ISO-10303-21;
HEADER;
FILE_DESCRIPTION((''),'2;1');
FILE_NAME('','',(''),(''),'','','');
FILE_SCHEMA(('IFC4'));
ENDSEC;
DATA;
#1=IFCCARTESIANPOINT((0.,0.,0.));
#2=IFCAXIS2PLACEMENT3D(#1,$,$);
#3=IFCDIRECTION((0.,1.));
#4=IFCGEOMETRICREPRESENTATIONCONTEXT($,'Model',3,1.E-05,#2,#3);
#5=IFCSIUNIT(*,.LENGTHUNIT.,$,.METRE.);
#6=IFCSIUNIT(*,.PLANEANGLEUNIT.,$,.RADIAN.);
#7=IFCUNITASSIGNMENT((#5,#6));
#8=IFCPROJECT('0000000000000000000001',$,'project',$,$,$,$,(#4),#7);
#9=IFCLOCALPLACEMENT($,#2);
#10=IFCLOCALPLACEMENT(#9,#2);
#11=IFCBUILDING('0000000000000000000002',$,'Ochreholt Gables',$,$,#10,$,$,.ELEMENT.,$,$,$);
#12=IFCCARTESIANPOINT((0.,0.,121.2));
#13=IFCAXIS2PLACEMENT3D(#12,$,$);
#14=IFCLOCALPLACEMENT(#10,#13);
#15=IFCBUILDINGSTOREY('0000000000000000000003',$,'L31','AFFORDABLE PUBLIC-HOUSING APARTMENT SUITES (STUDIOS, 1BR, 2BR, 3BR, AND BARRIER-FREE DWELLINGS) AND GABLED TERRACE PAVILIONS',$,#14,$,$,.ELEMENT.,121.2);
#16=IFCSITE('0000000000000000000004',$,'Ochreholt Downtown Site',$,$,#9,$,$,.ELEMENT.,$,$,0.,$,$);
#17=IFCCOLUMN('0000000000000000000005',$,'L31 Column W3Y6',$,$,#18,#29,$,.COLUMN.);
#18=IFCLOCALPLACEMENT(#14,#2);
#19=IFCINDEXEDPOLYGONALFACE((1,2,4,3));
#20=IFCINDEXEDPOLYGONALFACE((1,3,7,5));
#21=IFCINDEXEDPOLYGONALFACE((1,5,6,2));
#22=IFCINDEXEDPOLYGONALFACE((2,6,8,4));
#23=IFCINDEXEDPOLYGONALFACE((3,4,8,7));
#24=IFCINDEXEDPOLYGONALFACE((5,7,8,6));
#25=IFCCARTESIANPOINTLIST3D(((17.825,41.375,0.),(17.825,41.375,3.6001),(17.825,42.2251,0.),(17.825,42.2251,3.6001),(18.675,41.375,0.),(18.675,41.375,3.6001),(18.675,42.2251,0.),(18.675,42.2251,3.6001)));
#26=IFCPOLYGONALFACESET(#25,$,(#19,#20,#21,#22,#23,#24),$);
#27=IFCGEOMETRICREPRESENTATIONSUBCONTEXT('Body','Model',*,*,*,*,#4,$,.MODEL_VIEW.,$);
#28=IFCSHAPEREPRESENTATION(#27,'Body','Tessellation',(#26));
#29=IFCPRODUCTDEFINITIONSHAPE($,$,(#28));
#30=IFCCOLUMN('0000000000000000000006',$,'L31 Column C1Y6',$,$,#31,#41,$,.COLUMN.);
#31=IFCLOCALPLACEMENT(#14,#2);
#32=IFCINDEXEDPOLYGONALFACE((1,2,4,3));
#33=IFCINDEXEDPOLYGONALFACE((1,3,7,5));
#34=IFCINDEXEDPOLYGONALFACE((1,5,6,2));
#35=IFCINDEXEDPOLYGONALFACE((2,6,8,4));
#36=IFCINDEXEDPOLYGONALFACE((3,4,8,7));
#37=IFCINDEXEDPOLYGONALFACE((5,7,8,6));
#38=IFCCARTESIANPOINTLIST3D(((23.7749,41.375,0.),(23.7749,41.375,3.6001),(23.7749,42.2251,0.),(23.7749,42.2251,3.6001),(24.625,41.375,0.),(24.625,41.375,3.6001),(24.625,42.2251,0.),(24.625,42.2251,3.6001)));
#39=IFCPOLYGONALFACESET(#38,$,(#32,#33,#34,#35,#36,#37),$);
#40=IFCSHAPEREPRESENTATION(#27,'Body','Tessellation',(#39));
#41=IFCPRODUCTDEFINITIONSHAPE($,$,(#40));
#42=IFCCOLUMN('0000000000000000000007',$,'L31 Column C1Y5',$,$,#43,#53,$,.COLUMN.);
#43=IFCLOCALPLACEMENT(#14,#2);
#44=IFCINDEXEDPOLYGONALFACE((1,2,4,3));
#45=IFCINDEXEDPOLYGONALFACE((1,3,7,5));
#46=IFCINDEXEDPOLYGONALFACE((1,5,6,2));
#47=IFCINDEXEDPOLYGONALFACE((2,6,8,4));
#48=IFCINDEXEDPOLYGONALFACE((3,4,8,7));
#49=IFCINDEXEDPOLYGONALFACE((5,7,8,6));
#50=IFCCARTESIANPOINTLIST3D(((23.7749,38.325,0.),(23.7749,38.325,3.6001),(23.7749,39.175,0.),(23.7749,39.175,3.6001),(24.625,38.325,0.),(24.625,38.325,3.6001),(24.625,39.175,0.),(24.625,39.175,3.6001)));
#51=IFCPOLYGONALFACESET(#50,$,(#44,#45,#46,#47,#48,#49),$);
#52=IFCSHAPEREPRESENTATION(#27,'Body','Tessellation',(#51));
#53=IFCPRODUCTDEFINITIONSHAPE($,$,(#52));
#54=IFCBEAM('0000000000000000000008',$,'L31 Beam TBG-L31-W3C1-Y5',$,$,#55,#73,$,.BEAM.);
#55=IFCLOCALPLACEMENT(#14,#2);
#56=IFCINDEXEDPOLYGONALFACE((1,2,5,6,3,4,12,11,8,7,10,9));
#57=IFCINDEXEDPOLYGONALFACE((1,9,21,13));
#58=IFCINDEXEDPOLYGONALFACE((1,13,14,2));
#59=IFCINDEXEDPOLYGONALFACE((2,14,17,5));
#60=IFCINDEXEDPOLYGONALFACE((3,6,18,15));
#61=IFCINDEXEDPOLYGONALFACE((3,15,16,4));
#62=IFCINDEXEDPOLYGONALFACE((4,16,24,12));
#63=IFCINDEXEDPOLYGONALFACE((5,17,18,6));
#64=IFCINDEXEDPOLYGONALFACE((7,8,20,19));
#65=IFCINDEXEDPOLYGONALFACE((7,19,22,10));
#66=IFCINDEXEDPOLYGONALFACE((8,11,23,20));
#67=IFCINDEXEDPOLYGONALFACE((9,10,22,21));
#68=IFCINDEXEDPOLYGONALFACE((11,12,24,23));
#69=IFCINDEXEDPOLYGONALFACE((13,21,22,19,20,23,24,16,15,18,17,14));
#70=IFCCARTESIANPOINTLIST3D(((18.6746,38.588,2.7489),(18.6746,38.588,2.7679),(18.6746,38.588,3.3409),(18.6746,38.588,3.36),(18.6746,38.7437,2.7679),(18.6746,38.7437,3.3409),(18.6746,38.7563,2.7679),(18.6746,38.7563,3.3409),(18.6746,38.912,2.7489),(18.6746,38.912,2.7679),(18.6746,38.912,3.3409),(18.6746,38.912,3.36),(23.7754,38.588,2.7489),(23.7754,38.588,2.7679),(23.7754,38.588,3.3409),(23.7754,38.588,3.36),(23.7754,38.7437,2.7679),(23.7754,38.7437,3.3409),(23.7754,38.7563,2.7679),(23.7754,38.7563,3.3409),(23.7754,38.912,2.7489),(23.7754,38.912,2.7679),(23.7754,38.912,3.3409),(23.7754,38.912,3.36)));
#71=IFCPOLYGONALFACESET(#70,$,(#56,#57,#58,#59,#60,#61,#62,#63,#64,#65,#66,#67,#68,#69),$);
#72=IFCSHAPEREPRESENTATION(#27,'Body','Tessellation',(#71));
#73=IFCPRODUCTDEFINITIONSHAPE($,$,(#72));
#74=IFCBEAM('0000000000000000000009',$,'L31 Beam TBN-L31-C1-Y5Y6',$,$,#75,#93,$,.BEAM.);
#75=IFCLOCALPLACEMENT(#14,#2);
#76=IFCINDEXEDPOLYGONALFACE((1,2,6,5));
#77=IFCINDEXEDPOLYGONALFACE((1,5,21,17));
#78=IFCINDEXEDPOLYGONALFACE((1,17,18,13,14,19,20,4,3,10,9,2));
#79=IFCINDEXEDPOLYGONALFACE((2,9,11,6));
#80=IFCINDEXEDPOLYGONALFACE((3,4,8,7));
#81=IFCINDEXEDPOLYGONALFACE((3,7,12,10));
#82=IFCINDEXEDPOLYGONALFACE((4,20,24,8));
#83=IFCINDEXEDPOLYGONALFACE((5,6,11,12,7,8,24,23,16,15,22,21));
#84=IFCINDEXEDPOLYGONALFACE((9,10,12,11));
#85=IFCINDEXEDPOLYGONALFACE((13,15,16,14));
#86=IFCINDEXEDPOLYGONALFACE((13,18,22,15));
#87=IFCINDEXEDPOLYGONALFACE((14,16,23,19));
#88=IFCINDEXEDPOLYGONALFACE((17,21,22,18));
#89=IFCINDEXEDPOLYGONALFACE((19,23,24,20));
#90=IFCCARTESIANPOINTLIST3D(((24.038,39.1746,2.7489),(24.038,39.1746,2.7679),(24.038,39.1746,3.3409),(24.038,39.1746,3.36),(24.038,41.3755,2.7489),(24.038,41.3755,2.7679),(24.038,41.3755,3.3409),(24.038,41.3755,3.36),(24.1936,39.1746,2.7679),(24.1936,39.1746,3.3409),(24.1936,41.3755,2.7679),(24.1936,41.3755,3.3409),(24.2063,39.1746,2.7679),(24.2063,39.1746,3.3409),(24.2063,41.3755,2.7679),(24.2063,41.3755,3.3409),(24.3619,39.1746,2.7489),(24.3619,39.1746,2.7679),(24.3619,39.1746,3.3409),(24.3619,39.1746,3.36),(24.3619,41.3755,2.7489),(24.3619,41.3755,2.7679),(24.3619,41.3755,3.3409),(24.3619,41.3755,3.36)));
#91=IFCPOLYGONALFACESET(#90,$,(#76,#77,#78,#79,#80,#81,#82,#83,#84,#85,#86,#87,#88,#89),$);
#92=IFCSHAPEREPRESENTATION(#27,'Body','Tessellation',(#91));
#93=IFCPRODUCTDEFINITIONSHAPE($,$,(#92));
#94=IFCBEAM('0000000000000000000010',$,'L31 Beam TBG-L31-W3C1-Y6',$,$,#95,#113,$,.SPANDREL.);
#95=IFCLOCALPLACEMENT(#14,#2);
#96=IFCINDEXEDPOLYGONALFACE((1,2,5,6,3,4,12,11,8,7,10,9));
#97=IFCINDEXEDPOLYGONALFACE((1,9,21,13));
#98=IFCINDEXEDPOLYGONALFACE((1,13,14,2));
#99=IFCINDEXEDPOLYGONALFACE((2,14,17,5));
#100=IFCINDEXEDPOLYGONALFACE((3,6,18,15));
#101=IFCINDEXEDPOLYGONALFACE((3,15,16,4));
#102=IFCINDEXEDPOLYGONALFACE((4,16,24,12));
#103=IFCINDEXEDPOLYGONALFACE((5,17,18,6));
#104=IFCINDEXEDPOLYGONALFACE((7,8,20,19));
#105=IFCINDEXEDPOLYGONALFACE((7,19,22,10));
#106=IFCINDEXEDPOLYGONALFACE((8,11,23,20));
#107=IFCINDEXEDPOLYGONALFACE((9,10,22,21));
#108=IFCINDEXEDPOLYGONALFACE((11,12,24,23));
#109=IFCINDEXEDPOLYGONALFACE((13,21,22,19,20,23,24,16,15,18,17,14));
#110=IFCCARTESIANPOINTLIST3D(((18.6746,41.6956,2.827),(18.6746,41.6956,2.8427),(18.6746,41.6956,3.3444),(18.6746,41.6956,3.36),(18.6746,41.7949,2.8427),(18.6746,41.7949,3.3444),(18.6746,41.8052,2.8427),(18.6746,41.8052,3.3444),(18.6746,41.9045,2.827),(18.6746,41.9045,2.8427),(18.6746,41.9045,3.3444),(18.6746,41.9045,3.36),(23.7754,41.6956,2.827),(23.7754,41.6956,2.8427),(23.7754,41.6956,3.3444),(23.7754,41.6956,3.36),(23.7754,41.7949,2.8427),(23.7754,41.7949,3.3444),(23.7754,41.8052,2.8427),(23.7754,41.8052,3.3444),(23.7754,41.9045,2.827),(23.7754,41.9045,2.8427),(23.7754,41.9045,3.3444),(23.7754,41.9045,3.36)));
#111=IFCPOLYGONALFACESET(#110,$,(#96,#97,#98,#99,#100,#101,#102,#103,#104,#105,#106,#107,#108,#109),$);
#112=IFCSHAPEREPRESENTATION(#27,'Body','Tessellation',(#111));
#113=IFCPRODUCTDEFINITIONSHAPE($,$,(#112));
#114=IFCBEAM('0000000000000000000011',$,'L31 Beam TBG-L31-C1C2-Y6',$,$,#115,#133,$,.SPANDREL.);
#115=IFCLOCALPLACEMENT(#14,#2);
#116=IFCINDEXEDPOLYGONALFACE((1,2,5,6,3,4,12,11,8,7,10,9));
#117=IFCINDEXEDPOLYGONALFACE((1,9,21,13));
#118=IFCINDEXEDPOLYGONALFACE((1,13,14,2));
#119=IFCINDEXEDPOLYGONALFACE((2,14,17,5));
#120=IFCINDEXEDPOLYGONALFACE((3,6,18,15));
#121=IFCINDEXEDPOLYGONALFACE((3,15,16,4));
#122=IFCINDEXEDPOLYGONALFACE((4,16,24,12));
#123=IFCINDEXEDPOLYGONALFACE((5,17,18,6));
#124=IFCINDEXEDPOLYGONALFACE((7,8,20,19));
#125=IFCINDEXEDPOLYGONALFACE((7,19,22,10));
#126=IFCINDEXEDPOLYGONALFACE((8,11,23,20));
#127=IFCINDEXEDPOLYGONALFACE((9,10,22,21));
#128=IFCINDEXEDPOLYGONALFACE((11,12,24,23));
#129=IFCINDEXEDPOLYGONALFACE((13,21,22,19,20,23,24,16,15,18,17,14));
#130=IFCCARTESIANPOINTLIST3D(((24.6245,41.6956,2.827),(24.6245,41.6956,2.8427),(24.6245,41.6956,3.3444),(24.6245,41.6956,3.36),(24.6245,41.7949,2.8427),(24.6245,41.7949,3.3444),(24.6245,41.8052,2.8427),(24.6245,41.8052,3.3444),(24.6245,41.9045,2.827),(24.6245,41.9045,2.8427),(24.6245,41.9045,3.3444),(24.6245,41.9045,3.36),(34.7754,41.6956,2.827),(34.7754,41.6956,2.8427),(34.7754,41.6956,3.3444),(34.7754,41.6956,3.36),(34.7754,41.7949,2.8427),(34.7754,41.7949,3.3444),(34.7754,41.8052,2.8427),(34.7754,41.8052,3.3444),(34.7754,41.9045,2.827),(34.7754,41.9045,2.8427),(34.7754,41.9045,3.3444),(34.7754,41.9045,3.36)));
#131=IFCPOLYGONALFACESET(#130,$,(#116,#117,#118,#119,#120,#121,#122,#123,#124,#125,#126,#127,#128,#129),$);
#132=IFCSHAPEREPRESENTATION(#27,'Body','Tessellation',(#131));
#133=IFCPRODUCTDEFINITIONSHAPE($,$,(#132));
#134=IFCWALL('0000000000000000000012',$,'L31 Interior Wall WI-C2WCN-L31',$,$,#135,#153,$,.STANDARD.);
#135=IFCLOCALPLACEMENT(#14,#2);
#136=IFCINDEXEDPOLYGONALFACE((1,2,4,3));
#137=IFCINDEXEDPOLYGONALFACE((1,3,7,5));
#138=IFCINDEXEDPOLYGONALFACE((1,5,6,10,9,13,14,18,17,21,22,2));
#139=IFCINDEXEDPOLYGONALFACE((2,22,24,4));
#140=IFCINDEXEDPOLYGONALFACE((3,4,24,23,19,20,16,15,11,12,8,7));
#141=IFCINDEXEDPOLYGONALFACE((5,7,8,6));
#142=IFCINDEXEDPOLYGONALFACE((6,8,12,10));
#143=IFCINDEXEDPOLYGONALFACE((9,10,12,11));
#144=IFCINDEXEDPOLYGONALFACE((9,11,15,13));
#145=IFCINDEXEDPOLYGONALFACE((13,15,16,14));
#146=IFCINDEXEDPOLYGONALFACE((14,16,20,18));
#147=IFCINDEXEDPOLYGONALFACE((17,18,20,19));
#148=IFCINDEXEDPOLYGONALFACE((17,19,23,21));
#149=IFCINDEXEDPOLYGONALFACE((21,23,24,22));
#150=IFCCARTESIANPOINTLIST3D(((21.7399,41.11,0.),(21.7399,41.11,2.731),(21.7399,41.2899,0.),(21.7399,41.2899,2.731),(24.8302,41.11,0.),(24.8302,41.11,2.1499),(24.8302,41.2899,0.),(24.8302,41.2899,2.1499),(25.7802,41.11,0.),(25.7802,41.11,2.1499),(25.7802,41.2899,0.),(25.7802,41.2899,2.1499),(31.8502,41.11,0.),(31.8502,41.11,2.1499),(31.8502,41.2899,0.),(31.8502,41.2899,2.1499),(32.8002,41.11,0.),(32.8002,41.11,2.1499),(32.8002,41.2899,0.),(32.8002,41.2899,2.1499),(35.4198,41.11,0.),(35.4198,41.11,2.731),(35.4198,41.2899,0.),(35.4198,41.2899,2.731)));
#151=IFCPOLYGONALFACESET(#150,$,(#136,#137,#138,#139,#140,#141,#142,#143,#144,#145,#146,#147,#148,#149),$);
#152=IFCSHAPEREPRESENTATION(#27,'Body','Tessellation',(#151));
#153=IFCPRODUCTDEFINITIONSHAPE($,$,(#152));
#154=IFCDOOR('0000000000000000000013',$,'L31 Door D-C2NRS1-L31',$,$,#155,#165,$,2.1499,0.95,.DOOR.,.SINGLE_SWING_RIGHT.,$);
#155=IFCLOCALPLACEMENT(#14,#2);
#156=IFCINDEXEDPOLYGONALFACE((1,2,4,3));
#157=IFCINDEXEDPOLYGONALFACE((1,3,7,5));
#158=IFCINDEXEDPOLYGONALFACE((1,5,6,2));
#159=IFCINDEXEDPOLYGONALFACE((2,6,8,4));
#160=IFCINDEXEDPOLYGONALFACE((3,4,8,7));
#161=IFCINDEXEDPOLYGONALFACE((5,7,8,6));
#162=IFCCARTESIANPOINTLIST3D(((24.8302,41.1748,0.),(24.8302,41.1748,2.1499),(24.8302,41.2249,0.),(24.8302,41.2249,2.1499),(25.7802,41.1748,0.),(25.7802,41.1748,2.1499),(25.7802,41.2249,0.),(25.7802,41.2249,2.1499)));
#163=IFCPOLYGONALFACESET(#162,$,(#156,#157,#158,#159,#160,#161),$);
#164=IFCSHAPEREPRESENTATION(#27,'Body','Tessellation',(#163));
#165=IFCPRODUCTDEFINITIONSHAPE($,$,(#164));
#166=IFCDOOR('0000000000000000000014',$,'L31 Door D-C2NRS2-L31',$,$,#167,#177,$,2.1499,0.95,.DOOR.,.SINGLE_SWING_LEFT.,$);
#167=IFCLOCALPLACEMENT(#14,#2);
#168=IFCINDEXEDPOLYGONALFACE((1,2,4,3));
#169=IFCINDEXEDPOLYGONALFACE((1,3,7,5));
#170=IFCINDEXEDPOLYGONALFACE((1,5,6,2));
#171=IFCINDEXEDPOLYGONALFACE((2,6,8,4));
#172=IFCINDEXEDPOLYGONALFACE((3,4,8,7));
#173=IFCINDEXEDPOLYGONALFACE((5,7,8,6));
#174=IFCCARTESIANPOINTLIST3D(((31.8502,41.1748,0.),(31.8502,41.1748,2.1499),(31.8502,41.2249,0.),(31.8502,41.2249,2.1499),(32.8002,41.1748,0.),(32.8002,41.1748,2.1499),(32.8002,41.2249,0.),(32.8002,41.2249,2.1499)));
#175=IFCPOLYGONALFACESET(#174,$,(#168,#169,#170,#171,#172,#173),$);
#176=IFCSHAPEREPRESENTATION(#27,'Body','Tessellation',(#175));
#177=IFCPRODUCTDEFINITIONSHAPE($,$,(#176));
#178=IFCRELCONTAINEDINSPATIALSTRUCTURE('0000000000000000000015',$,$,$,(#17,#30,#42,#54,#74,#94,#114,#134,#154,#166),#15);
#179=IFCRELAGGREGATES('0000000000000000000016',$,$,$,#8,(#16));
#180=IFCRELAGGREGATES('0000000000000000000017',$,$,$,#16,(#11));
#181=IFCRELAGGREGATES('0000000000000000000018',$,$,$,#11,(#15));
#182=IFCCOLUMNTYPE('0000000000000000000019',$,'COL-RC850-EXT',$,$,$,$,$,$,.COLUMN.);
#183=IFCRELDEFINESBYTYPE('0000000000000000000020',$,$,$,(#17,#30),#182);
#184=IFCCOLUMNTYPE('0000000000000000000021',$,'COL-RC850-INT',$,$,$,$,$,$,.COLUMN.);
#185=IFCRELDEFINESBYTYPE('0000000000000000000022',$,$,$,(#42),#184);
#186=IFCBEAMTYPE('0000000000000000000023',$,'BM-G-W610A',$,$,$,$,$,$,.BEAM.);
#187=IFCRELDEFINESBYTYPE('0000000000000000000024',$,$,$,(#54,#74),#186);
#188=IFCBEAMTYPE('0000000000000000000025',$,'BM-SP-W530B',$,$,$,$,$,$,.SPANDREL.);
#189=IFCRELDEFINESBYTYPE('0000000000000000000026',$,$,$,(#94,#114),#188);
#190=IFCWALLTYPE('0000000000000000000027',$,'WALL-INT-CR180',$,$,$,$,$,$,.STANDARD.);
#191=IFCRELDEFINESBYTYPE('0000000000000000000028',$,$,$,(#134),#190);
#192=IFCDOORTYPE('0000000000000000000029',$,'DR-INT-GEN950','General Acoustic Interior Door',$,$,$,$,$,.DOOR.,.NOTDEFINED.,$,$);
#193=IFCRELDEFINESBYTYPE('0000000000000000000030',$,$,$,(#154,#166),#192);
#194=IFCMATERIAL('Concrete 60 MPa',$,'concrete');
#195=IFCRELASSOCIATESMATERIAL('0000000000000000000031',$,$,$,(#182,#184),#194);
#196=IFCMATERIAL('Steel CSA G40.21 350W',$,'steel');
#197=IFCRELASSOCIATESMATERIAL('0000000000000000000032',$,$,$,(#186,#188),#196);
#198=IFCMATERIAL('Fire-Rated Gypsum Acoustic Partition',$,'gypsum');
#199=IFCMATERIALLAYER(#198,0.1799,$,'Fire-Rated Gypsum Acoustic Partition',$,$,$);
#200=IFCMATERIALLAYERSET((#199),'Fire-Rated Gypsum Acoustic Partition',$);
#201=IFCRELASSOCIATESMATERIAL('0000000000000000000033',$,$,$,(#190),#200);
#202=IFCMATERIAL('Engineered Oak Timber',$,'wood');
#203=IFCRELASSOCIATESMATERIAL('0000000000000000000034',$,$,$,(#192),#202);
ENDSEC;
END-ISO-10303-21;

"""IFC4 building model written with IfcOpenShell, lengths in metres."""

from ifc_helpers import new_model, si_unit, direction, frame, frame_2d, origin, origin_2d, place, context, subcontext, project, spatial, rectangle, i_section, extrude, material, layer, layer_set, material_profile, profile_set, type_object, element, fill, save


model = new_model("IFC4")

# Units and contexts
model_context = context("Model", 3, precision=1e-05, world=origin(), true_north=direction((0.0, 1.0)))
body_context = subcontext(model_context, "Body", "Model", "MODEL_VIEW")
ifc_project = project(units=[si_unit("LENGTHUNIT", "METRE"), si_unit("PLANEANGLEUNIT", "RADIAN")], contexts=[model_context])

# Site, building, storey
site_placement = place(None, origin())
site = spatial("IfcSite", under=ifc_project, at=site_placement, Name="Ochreholt Downtown Site", CompositionType="ELEMENT", RefElevation=0.0)
building_placement = place(site_placement, origin())
building = spatial("IfcBuilding", under=site, at=building_placement, Name="Ochreholt Gables", CompositionType="ELEMENT")
storey_placement = place(building_placement, frame((0.0, 0.0, 121.2)))
storey = spatial("IfcBuildingStorey", under=building, at=storey_placement, Name="L31", Description="AFFORDABLE PUBLIC-HOUSING APARTMENT SUITES (STUDIOS, 1BR, 2BR, 3BR, AND BARRIER-FREE DWELLINGS) AND GABLED TERRACE PAVILIONS", CompositionType="ELEMENT", Elevation=121.2)

# Columns
ifc_material_1 = material(Name="Concrete 60 MPa", Category="concrete")
ifc_material_profile_1 = material_profile(ifc_material_1, rectangle(XDim=0.8501, YDim=0.8501, at=origin_2d()), Name="RC850X850")
ifc_profile_set_1 = profile_set([ifc_material_profile_1], Name="Concrete 60 MPa")
column_type_1 = type_object("IfcColumnType", Name="COL-RC850-EXT", PredefinedType="COLUMN", material=ifc_profile_set_1)
for number, where, z_axis, x_axis, name in (
    (1, (18.25, 41.8, 0.0), (0.0, 0.0, 1.0), (1.0, 0.0, 0.0), "L31 Column W3Y6"),
    (2, (24.2, 41.8, 0.0), (0.0, 0.0, 1.0), (1.0, 0.0, 0.0), "L31 Column C1Y6"),
):
    element("IfcColumn", number, at=place(storey_placement, frame(where, z_axis=z_axis, x_axis=x_axis)), inside=storey, type_object=column_type_1, Name=name, PredefinedType="COLUMN", context=body_context, shape_type="SweptSolid", body=[
        extrude(rectangle(XDim=0.8501, YDim=0.8501, at=origin_2d()), origin(), (0.0, 0.0, 1.0), 3.6001),
    ])
ifc_material_profile_2 = material_profile(ifc_material_1, rectangle(XDim=0.8501, YDim=0.8501, at=origin_2d()), Name="RC850X850")
ifc_profile_set_2 = profile_set([ifc_material_profile_2], Name="Concrete 60 MPa")
column_type_2 = type_object("IfcColumnType", Name="COL-RC850-INT", PredefinedType="COLUMN", material=ifc_profile_set_2)
column_placement = place(storey_placement, frame((24.2, 38.75, 0.0), z_axis=(0.0, 0.0, 1.0), x_axis=(1.0, 0.0, 0.0)))
element("IfcColumn", 3, at=column_placement, inside=storey, type_object=column_type_2, Name="L31 Column C1Y5", PredefinedType="COLUMN", context=body_context, shape_type="SweptSolid", body=[
    extrude(rectangle(XDim=0.8501, YDim=0.8501, at=origin_2d()), origin(), (0.0, 0.0, 1.0), 3.6001),
])

# Beams
ifc_material_2 = material(Name="Steel CSA G40.21 350W", Category="steel")
ifc_material_profile_3 = material_profile(ifc_material_2, i_section(OverallWidth=0.324, OverallDepth=0.6111, WebThickness=0.0127, FlangeThickness=0.019, at=origin_2d()), Name="W610X155")
ifc_profile_set_3 = profile_set([ifc_material_profile_3], Name="Steel CSA G40.21 350W")
beam_type_1 = type_object("IfcBeamType", Name="BM-G-W610A", PredefinedType="BEAM", material=ifc_profile_set_3)
beam_1_placement = place(storey_placement, frame((18.6746, 38.75, 3.0544), z_axis=(1.0, 0.0, 0.0), x_axis=(0.0, 1.0, 0.0)))
element("IfcBeam", 4, at=beam_1_placement, inside=storey, type_object=beam_type_1, Name="L31 Beam TBG-L31-W3C1-Y5", PredefinedType="BEAM", context=body_context, shape_type="SweptSolid", body=[
    extrude(i_section(OverallWidth=0.324, OverallDepth=0.6111, WebThickness=0.0127, FlangeThickness=0.019, at=origin_2d()), origin(), (0.0, 0.0, 1.0), 5.1008),
])
beam_2_placement = place(storey_placement, frame((24.2, 39.1746, 3.0544), z_axis=(0.0, 1.0, 0.0), x_axis=(-1.0, 0.0, 0.0)))
element("IfcBeam", 5, at=beam_2_placement, inside=storey, type_object=beam_type_1, Name="L31 Beam TBN-L31-C1-Y5Y6", PredefinedType="BEAM", context=body_context, shape_type="SweptSolid", body=[
    extrude(i_section(OverallWidth=0.324, OverallDepth=0.6111, WebThickness=0.0127, FlangeThickness=0.019, at=origin_2d()), origin(), (0.0, 0.0, 1.0), 2.2009),
])
ifc_material_profile_4 = material_profile(ifc_material_2, i_section(OverallWidth=0.209, OverallDepth=0.533, WebThickness=0.0103, FlangeThickness=0.0156, at=origin_2d()), Name="W530X92")
ifc_profile_set_4 = profile_set([ifc_material_profile_4], Name="Steel CSA G40.21 350W")
beam_type_2 = type_object("IfcBeamType", Name="BM-SP-W530B", PredefinedType="SPANDREL", material=ifc_profile_set_4)
beam_3_placement = place(storey_placement, frame((18.6746, 41.8, 3.0935), z_axis=(1.0, 0.0, 0.0), x_axis=(0.0, 1.0, 0.0)))
element("IfcBeam", 6, at=beam_3_placement, inside=storey, type_object=beam_type_2, Name="L31 Beam TBG-L31-W3C1-Y6", PredefinedType="SPANDREL", context=body_context, shape_type="SweptSolid", body=[
    extrude(i_section(OverallWidth=0.209, OverallDepth=0.533, WebThickness=0.0103, FlangeThickness=0.0156, at=origin_2d()), origin(), (0.0, 0.0, 1.0), 5.1008),
])
beam_4_placement = place(storey_placement, frame((24.6245, 41.8, 3.0935), z_axis=(1.0, 0.0, 0.0), x_axis=(0.0, 1.0, 0.0)))
element("IfcBeam", 7, at=beam_4_placement, inside=storey, type_object=beam_type_2, Name="L31 Beam TBG-L31-C1C2-Y6", PredefinedType="SPANDREL", context=body_context, shape_type="SweptSolid", body=[
    extrude(i_section(OverallWidth=0.209, OverallDepth=0.533, WebThickness=0.0103, FlangeThickness=0.0156, at=origin_2d()), origin(), (0.0, 0.0, 1.0), 10.1509),
])

# Wall, openings, doors
ifc_material_3 = material(Name="Fire-Rated Gypsum Acoustic Partition", Category="gypsum")
ifc_layer_1 = layer(ifc_material_3, 0.1799, Name="Fire-Rated Gypsum Acoustic Partition")
ifc_layer_set_1 = layer_set([ifc_layer_1], Name="Fire-Rated Gypsum Acoustic Partition")
wall_type_1 = type_object("IfcWallType", Name="WALL-INT-CR180", PredefinedType="STANDARD", material=ifc_layer_set_1)
wall_1_placement = place(storey_placement, frame((21.74, 41.2, 0.0), z_axis=(0.0, 0.0, 1.0), x_axis=(1.0, 0.0, 0.0)))
wall_1 = element("IfcWall", 8, at=wall_1_placement, inside=storey, type_object=wall_type_1, Name="L31 Interior Wall WI-C2WCN-L31", PredefinedType="STANDARD", context=body_context, shape_type="SweptSolid", body=[
    extrude(rectangle(XDim=13.6799, YDim=0.1799, at=frame_2d((6.8398, 0.0))), origin(), (0.0, 0.0, 1.0), 2.731),
])
opening_1_placement = place(wall_1_placement, frame((3.0901, 0.0, 0.0)))
opening_1 = element("IfcOpeningElement", 9, at=opening_1_placement, cuts=wall_1, PredefinedType="OPENING", context=body_context, shape_type="SweptSolid", body=[
    extrude(rectangle(XDim=0.95, YDim=2.1499, at=frame_2d((0.4751, 1.075))), frame((0.0, 0.0999, 0.0), z_axis=(0.0, -1.0, 0.0), x_axis=(1.0, 0.0, 0.0)), (0.0, 0.0, 1.0), 0.2),
])
opening_2_placement = place(wall_1_placement, frame((10.1101, 0.0, 0.0)))
opening_2 = element("IfcOpeningElement", 10, at=opening_2_placement, cuts=wall_1, PredefinedType="OPENING", context=body_context, shape_type="SweptSolid", body=[
    extrude(rectangle(XDim=0.95, YDim=2.1499, at=frame_2d((0.4751, 1.075))), frame((0.0, 0.0999, 0.0), z_axis=(0.0, -1.0, 0.0), x_axis=(1.0, 0.0, 0.0)), (0.0, 0.0, 1.0), 0.2),
])
ifc_material_4 = material(Name="Engineered Oak Timber", Category="wood")
door_type_1 = type_object("IfcDoorType", Name="DR-INT-GEN950", Description="General Acoustic Interior Door", OperationType="NOTDEFINED", PredefinedType="DOOR", material=ifc_material_4)
door_1_placement = place(opening_1_placement, origin())
door_1 = element("IfcDoor", 11, at=door_1_placement, inside=storey, type_object=door_type_1, Name="L31 Door D-C2NRS1-L31", OperationType="SINGLE_SWING_RIGHT", OverallHeight=2.1499, OverallWidth=0.95, PredefinedType="DOOR", context=body_context, shape_type="SweptSolid", body=[
    extrude(rectangle(XDim=0.95, YDim=2.1499, at=frame_2d((0.4751, 1.075))), frame((0.0, 0.0249, 0.0), z_axis=(0.0, -1.0, 0.0), x_axis=(1.0, 0.0, 0.0)), (0.0, 0.0, 1.0), 0.05),
])
fill(opening_1, door_1)
door_2_placement = place(opening_2_placement, origin())
door_2 = element("IfcDoor", 12, at=door_2_placement, inside=storey, type_object=door_type_1, Name="L31 Door D-C2NRS2-L31", OperationType="SINGLE_SWING_LEFT", OverallHeight=2.1499, OverallWidth=0.95, PredefinedType="DOOR", context=body_context, shape_type="SweptSolid", body=[
    extrude(rectangle(XDim=0.95, YDim=2.1499, at=frame_2d((0.4751, 1.075))), frame((0.0, 0.0249, 0.0), z_axis=(0.0, -1.0, 0.0), x_axis=(1.0, 0.0, 0.0)), (0.0, 0.0, 1.0), 0.05),
])
fill(opening_2, door_2)

save(model, "model.ifc")
